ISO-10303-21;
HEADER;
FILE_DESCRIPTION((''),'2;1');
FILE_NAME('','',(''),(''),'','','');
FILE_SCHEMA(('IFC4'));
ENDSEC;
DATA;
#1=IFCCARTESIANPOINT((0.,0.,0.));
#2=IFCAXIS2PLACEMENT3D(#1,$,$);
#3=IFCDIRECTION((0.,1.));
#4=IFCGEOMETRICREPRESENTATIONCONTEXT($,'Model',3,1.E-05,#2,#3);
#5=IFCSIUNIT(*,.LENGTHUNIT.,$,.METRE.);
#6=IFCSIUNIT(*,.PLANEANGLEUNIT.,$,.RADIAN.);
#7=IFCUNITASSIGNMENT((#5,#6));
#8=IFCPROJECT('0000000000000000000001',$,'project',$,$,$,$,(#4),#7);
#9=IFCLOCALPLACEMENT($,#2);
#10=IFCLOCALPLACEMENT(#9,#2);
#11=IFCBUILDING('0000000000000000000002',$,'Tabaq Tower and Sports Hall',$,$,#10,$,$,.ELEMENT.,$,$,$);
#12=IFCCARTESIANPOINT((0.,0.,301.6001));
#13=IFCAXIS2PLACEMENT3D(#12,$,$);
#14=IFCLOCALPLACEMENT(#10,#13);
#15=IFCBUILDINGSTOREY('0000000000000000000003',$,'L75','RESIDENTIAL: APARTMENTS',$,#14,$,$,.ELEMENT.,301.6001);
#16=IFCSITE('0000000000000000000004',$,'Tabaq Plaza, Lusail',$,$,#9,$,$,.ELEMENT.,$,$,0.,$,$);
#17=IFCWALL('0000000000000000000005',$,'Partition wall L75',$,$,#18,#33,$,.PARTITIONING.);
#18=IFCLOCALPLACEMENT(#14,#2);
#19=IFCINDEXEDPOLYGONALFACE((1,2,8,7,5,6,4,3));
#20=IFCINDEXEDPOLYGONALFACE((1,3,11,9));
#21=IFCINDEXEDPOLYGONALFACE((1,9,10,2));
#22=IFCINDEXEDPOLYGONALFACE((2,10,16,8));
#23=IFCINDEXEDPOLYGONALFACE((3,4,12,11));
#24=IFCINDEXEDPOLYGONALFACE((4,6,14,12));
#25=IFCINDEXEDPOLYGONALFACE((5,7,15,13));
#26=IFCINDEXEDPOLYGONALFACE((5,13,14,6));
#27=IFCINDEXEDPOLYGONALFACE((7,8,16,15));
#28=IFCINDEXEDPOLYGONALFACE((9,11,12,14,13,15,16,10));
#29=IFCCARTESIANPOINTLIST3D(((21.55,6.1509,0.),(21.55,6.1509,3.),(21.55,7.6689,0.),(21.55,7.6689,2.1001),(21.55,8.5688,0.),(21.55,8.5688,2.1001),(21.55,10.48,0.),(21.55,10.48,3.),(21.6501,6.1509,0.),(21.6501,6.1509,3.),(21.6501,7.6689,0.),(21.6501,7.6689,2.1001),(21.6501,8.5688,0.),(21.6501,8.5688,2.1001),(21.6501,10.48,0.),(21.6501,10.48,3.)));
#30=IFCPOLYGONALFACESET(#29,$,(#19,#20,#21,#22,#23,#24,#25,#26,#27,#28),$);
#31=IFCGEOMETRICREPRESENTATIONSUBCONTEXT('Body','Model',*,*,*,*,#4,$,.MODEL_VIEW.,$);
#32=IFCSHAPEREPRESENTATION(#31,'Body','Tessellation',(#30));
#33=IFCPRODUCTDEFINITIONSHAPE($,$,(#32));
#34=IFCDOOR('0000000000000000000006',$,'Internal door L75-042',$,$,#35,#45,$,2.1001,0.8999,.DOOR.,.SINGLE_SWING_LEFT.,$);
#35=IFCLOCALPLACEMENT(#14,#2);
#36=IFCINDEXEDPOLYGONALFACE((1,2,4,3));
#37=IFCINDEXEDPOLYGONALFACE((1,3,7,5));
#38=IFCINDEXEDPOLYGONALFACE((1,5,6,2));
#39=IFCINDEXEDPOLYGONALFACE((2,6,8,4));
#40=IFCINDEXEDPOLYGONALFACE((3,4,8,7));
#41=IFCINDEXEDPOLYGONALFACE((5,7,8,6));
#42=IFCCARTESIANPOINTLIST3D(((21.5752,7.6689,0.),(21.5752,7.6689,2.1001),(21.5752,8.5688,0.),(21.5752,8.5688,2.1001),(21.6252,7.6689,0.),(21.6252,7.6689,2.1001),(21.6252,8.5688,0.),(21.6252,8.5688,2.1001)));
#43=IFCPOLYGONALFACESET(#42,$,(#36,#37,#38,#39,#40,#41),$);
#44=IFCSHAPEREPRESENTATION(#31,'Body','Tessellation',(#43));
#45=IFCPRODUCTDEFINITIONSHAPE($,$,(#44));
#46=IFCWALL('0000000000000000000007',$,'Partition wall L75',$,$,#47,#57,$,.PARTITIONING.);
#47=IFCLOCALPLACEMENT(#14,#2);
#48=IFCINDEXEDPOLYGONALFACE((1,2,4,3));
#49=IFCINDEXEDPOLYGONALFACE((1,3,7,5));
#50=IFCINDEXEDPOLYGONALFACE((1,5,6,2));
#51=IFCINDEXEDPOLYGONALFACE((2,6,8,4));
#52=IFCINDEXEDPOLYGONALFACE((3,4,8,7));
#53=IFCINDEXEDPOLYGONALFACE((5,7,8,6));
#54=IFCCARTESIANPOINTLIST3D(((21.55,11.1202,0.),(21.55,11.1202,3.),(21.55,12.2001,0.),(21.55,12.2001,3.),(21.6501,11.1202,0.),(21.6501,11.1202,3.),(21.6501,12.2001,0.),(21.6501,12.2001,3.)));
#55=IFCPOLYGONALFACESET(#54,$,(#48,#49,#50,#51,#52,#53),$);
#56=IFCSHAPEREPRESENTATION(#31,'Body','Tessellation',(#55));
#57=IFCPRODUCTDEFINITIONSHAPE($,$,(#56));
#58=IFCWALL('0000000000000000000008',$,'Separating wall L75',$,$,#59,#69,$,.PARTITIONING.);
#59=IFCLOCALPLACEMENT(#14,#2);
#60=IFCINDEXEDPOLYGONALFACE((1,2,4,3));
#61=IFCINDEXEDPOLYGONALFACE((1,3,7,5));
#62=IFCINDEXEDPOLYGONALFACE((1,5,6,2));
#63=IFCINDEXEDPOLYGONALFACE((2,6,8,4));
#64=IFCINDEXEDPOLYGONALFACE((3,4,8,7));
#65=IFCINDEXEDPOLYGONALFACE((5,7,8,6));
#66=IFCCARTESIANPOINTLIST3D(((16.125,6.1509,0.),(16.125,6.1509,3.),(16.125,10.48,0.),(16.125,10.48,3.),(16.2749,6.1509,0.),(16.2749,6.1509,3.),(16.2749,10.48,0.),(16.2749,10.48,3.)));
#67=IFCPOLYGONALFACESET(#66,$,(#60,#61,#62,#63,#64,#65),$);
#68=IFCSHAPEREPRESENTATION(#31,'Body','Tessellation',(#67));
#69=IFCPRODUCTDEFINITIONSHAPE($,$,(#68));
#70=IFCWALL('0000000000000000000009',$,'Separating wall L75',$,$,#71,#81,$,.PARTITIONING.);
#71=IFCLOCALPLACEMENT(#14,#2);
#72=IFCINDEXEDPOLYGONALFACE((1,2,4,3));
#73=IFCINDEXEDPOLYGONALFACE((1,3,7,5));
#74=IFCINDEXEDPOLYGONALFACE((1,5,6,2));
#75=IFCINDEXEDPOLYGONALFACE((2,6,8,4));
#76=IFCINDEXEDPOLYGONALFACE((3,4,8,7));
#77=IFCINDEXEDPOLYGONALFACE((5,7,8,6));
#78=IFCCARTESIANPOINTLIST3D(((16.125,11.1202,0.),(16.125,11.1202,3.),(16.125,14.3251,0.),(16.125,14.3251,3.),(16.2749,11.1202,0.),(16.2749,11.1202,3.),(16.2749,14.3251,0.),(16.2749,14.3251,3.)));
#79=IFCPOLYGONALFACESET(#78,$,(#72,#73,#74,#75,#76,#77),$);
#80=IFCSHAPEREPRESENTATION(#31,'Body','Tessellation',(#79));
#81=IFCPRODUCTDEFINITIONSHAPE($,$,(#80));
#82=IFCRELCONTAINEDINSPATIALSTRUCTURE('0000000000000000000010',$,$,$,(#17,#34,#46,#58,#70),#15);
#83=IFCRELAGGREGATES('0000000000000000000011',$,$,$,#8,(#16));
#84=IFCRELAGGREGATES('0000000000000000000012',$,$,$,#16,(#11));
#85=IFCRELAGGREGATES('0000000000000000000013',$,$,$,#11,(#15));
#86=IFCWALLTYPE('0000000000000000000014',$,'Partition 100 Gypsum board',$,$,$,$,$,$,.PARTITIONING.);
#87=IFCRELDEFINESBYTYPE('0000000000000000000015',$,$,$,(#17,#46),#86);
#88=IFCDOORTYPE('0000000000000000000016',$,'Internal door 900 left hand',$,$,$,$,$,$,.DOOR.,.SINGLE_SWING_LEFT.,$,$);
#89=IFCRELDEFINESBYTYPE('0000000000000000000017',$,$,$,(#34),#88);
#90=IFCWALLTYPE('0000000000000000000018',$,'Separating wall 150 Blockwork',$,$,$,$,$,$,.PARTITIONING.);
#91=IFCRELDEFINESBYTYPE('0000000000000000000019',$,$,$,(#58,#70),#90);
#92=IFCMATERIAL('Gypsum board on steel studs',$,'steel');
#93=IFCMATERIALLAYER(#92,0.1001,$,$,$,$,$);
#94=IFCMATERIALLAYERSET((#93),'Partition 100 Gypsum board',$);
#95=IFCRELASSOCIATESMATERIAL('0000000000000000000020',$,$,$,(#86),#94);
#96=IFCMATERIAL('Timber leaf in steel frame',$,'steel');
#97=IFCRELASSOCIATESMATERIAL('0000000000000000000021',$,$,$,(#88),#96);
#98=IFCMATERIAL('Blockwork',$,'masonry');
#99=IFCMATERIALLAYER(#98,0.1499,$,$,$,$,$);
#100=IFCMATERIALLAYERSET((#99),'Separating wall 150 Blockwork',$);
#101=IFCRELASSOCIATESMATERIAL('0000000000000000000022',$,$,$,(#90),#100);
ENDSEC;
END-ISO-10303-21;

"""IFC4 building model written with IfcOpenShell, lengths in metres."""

from ifc_helpers import new_model, si_unit, direction, frame, frame_2d, origin, place, context, subcontext, project, spatial, rectangle, extrude, material, layer, layer_set, type_object, element, fill, save


model = new_model("IFC4")

# Units and contexts
model_context = context("Model", 3, precision=1e-05, world=origin(), true_north=direction((0.0, 1.0)))
body_context = subcontext(model_context, "Body", "Model", "MODEL_VIEW")
ifc_project = project(units=[si_unit("LENGTHUNIT", "METRE"), si_unit("PLANEANGLEUNIT", "RADIAN")], contexts=[model_context])

# Site, building, storey
site_placement = place(None, origin())
site = spatial("IfcSite", under=ifc_project, at=site_placement, Name="Tabaq Plaza, Lusail", CompositionType="ELEMENT", RefElevation=0.0)
building_placement = place(site_placement, origin())
building = spatial("IfcBuilding", under=site, at=building_placement, Name="Tabaq Tower and Sports Hall", CompositionType="ELEMENT")
storey_placement = place(building_placement, frame((0.0, 0.0, 301.6001)))
storey = spatial("IfcBuildingStorey", under=building, at=storey_placement, Name="L75", Description="RESIDENTIAL: APARTMENTS", CompositionType="ELEMENT", Elevation=301.6001)

# Shared definitions
ifc_material_1 = material(Name="Gypsum board on steel studs", Category="steel")
ifc_layer_1 = layer(ifc_material_1, 0.1001)
ifc_layer_set_1 = layer_set([ifc_layer_1], Name="Partition 100 Gypsum board")
wall_type_1 = type_object("IfcWallType", Name="Partition 100 Gypsum board", PredefinedType="PARTITIONING", material=ifc_layer_set_1)
ifc_material_2 = material(Name="Timber leaf in steel frame", Category="steel")
door_type_1 = type_object("IfcDoorType", Name="Internal door 900 left hand", OperationType="SINGLE_SWING_LEFT", PredefinedType="DOOR", material=ifc_material_2)

# Wall, opening, door
wall_1_placement = place(storey_placement, frame((21.6001, 6.1509, 0.0), z_axis=(0.0, 0.0, 1.0), x_axis=(0.0, 1.0, 0.0)))
wall_1 = element("IfcWall", 1, at=wall_1_placement, inside=storey, type_object=wall_type_1, Name="Partition wall L75", PredefinedType="PARTITIONING", context=body_context, shape_type="SweptSolid", body=[
    extrude(rectangle(XDim=4.3291, YDim=0.1001, at=frame_2d((2.1646, 0.0))), origin(), (0.0, 0.0, 1.0), 3.0),
])
opening_1_placement = place(wall_1_placement, frame((1.5181, 0.0, 0.0)))
opening_1 = element("IfcOpeningElement", 2, at=opening_1_placement, cuts=wall_1, PredefinedType="OPENING", context=body_context, shape_type="SweptSolid", body=[
    extrude(rectangle(XDim=0.8999, YDim=2.1001, at=frame_2d((0.45, 1.05))), frame((0.0, 0.05, 0.0), z_axis=(0.0, -1.0, 0.0), x_axis=(1.0, 0.0, 0.0)), (0.0, 0.0, 1.0), 0.1001),
])
door_1_placement = place(opening_1_placement, origin())
door_1 = element("IfcDoor", 3, at=door_1_placement, inside=storey, type_object=door_type_1, Name="Internal door L75-042", OperationType="SINGLE_SWING_LEFT", OverallHeight=2.1001, OverallWidth=0.8999, PredefinedType="DOOR", context=body_context, shape_type="SweptSolid", body=[
    extrude(rectangle(XDim=0.8999, YDim=2.1001, at=frame_2d((0.45, 1.05))), frame((0.0, 0.0249, 0.0), z_axis=(0.0, -1.0, 0.0), x_axis=(1.0, 0.0, 0.0)), (0.0, 0.0, 1.0), 0.05),
])
fill(opening_1, door_1)

# Walls
wall_2_placement = place(storey_placement, frame((21.6001, 11.1201, 0.0), z_axis=(0.0, 0.0, 1.0), x_axis=(0.0, 1.0, 0.0)))
element("IfcWall", 4, at=wall_2_placement, inside=storey, type_object=wall_type_1, Name="Partition wall L75", PredefinedType="PARTITIONING", context=body_context, shape_type="SweptSolid", body=[
    extrude(rectangle(XDim=1.0798, YDim=0.1001, at=frame_2d((0.54, 0.0))), origin(), (0.0, 0.0, 1.0), 3.0),
])
ifc_material_3 = material(Name="Blockwork", Category="masonry")
ifc_layer_2 = layer(ifc_material_3, 0.1499)
ifc_layer_set_2 = layer_set([ifc_layer_2], Name="Separating wall 150 Blockwork")
wall_type_2 = type_object("IfcWallType", Name="Separating wall 150 Blockwork", PredefinedType="PARTITIONING", material=ifc_layer_set_2)
wall_3_placement = place(storey_placement, frame((16.2, 6.1509, 0.0), z_axis=(0.0, 0.0, 1.0), x_axis=(0.0, 1.0, 0.0)))
element("IfcWall", 5, at=wall_3_placement, inside=storey, type_object=wall_type_2, Name="Separating wall L75", PredefinedType="PARTITIONING", context=body_context, shape_type="SweptSolid", body=[
    extrude(rectangle(XDim=4.3291, YDim=0.1499, at=frame_2d((2.1646, 0.0))), origin(), (0.0, 0.0, 1.0), 3.0),
])
wall_4_placement = place(storey_placement, frame((16.2, 11.1201, 0.0), z_axis=(0.0, 0.0, 1.0), x_axis=(0.0, 1.0, 0.0)))
element("IfcWall", 6, at=wall_4_placement, inside=storey, type_object=wall_type_2, Name="Separating wall L75", PredefinedType="PARTITIONING", context=body_context, shape_type="SweptSolid", body=[
    extrude(rectangle(XDim=3.2048, YDim=0.1499, at=frame_2d((1.6025, 0.0))), origin(), (0.0, 0.0, 1.0), 3.0),
])

save(model, "model.ifc")
